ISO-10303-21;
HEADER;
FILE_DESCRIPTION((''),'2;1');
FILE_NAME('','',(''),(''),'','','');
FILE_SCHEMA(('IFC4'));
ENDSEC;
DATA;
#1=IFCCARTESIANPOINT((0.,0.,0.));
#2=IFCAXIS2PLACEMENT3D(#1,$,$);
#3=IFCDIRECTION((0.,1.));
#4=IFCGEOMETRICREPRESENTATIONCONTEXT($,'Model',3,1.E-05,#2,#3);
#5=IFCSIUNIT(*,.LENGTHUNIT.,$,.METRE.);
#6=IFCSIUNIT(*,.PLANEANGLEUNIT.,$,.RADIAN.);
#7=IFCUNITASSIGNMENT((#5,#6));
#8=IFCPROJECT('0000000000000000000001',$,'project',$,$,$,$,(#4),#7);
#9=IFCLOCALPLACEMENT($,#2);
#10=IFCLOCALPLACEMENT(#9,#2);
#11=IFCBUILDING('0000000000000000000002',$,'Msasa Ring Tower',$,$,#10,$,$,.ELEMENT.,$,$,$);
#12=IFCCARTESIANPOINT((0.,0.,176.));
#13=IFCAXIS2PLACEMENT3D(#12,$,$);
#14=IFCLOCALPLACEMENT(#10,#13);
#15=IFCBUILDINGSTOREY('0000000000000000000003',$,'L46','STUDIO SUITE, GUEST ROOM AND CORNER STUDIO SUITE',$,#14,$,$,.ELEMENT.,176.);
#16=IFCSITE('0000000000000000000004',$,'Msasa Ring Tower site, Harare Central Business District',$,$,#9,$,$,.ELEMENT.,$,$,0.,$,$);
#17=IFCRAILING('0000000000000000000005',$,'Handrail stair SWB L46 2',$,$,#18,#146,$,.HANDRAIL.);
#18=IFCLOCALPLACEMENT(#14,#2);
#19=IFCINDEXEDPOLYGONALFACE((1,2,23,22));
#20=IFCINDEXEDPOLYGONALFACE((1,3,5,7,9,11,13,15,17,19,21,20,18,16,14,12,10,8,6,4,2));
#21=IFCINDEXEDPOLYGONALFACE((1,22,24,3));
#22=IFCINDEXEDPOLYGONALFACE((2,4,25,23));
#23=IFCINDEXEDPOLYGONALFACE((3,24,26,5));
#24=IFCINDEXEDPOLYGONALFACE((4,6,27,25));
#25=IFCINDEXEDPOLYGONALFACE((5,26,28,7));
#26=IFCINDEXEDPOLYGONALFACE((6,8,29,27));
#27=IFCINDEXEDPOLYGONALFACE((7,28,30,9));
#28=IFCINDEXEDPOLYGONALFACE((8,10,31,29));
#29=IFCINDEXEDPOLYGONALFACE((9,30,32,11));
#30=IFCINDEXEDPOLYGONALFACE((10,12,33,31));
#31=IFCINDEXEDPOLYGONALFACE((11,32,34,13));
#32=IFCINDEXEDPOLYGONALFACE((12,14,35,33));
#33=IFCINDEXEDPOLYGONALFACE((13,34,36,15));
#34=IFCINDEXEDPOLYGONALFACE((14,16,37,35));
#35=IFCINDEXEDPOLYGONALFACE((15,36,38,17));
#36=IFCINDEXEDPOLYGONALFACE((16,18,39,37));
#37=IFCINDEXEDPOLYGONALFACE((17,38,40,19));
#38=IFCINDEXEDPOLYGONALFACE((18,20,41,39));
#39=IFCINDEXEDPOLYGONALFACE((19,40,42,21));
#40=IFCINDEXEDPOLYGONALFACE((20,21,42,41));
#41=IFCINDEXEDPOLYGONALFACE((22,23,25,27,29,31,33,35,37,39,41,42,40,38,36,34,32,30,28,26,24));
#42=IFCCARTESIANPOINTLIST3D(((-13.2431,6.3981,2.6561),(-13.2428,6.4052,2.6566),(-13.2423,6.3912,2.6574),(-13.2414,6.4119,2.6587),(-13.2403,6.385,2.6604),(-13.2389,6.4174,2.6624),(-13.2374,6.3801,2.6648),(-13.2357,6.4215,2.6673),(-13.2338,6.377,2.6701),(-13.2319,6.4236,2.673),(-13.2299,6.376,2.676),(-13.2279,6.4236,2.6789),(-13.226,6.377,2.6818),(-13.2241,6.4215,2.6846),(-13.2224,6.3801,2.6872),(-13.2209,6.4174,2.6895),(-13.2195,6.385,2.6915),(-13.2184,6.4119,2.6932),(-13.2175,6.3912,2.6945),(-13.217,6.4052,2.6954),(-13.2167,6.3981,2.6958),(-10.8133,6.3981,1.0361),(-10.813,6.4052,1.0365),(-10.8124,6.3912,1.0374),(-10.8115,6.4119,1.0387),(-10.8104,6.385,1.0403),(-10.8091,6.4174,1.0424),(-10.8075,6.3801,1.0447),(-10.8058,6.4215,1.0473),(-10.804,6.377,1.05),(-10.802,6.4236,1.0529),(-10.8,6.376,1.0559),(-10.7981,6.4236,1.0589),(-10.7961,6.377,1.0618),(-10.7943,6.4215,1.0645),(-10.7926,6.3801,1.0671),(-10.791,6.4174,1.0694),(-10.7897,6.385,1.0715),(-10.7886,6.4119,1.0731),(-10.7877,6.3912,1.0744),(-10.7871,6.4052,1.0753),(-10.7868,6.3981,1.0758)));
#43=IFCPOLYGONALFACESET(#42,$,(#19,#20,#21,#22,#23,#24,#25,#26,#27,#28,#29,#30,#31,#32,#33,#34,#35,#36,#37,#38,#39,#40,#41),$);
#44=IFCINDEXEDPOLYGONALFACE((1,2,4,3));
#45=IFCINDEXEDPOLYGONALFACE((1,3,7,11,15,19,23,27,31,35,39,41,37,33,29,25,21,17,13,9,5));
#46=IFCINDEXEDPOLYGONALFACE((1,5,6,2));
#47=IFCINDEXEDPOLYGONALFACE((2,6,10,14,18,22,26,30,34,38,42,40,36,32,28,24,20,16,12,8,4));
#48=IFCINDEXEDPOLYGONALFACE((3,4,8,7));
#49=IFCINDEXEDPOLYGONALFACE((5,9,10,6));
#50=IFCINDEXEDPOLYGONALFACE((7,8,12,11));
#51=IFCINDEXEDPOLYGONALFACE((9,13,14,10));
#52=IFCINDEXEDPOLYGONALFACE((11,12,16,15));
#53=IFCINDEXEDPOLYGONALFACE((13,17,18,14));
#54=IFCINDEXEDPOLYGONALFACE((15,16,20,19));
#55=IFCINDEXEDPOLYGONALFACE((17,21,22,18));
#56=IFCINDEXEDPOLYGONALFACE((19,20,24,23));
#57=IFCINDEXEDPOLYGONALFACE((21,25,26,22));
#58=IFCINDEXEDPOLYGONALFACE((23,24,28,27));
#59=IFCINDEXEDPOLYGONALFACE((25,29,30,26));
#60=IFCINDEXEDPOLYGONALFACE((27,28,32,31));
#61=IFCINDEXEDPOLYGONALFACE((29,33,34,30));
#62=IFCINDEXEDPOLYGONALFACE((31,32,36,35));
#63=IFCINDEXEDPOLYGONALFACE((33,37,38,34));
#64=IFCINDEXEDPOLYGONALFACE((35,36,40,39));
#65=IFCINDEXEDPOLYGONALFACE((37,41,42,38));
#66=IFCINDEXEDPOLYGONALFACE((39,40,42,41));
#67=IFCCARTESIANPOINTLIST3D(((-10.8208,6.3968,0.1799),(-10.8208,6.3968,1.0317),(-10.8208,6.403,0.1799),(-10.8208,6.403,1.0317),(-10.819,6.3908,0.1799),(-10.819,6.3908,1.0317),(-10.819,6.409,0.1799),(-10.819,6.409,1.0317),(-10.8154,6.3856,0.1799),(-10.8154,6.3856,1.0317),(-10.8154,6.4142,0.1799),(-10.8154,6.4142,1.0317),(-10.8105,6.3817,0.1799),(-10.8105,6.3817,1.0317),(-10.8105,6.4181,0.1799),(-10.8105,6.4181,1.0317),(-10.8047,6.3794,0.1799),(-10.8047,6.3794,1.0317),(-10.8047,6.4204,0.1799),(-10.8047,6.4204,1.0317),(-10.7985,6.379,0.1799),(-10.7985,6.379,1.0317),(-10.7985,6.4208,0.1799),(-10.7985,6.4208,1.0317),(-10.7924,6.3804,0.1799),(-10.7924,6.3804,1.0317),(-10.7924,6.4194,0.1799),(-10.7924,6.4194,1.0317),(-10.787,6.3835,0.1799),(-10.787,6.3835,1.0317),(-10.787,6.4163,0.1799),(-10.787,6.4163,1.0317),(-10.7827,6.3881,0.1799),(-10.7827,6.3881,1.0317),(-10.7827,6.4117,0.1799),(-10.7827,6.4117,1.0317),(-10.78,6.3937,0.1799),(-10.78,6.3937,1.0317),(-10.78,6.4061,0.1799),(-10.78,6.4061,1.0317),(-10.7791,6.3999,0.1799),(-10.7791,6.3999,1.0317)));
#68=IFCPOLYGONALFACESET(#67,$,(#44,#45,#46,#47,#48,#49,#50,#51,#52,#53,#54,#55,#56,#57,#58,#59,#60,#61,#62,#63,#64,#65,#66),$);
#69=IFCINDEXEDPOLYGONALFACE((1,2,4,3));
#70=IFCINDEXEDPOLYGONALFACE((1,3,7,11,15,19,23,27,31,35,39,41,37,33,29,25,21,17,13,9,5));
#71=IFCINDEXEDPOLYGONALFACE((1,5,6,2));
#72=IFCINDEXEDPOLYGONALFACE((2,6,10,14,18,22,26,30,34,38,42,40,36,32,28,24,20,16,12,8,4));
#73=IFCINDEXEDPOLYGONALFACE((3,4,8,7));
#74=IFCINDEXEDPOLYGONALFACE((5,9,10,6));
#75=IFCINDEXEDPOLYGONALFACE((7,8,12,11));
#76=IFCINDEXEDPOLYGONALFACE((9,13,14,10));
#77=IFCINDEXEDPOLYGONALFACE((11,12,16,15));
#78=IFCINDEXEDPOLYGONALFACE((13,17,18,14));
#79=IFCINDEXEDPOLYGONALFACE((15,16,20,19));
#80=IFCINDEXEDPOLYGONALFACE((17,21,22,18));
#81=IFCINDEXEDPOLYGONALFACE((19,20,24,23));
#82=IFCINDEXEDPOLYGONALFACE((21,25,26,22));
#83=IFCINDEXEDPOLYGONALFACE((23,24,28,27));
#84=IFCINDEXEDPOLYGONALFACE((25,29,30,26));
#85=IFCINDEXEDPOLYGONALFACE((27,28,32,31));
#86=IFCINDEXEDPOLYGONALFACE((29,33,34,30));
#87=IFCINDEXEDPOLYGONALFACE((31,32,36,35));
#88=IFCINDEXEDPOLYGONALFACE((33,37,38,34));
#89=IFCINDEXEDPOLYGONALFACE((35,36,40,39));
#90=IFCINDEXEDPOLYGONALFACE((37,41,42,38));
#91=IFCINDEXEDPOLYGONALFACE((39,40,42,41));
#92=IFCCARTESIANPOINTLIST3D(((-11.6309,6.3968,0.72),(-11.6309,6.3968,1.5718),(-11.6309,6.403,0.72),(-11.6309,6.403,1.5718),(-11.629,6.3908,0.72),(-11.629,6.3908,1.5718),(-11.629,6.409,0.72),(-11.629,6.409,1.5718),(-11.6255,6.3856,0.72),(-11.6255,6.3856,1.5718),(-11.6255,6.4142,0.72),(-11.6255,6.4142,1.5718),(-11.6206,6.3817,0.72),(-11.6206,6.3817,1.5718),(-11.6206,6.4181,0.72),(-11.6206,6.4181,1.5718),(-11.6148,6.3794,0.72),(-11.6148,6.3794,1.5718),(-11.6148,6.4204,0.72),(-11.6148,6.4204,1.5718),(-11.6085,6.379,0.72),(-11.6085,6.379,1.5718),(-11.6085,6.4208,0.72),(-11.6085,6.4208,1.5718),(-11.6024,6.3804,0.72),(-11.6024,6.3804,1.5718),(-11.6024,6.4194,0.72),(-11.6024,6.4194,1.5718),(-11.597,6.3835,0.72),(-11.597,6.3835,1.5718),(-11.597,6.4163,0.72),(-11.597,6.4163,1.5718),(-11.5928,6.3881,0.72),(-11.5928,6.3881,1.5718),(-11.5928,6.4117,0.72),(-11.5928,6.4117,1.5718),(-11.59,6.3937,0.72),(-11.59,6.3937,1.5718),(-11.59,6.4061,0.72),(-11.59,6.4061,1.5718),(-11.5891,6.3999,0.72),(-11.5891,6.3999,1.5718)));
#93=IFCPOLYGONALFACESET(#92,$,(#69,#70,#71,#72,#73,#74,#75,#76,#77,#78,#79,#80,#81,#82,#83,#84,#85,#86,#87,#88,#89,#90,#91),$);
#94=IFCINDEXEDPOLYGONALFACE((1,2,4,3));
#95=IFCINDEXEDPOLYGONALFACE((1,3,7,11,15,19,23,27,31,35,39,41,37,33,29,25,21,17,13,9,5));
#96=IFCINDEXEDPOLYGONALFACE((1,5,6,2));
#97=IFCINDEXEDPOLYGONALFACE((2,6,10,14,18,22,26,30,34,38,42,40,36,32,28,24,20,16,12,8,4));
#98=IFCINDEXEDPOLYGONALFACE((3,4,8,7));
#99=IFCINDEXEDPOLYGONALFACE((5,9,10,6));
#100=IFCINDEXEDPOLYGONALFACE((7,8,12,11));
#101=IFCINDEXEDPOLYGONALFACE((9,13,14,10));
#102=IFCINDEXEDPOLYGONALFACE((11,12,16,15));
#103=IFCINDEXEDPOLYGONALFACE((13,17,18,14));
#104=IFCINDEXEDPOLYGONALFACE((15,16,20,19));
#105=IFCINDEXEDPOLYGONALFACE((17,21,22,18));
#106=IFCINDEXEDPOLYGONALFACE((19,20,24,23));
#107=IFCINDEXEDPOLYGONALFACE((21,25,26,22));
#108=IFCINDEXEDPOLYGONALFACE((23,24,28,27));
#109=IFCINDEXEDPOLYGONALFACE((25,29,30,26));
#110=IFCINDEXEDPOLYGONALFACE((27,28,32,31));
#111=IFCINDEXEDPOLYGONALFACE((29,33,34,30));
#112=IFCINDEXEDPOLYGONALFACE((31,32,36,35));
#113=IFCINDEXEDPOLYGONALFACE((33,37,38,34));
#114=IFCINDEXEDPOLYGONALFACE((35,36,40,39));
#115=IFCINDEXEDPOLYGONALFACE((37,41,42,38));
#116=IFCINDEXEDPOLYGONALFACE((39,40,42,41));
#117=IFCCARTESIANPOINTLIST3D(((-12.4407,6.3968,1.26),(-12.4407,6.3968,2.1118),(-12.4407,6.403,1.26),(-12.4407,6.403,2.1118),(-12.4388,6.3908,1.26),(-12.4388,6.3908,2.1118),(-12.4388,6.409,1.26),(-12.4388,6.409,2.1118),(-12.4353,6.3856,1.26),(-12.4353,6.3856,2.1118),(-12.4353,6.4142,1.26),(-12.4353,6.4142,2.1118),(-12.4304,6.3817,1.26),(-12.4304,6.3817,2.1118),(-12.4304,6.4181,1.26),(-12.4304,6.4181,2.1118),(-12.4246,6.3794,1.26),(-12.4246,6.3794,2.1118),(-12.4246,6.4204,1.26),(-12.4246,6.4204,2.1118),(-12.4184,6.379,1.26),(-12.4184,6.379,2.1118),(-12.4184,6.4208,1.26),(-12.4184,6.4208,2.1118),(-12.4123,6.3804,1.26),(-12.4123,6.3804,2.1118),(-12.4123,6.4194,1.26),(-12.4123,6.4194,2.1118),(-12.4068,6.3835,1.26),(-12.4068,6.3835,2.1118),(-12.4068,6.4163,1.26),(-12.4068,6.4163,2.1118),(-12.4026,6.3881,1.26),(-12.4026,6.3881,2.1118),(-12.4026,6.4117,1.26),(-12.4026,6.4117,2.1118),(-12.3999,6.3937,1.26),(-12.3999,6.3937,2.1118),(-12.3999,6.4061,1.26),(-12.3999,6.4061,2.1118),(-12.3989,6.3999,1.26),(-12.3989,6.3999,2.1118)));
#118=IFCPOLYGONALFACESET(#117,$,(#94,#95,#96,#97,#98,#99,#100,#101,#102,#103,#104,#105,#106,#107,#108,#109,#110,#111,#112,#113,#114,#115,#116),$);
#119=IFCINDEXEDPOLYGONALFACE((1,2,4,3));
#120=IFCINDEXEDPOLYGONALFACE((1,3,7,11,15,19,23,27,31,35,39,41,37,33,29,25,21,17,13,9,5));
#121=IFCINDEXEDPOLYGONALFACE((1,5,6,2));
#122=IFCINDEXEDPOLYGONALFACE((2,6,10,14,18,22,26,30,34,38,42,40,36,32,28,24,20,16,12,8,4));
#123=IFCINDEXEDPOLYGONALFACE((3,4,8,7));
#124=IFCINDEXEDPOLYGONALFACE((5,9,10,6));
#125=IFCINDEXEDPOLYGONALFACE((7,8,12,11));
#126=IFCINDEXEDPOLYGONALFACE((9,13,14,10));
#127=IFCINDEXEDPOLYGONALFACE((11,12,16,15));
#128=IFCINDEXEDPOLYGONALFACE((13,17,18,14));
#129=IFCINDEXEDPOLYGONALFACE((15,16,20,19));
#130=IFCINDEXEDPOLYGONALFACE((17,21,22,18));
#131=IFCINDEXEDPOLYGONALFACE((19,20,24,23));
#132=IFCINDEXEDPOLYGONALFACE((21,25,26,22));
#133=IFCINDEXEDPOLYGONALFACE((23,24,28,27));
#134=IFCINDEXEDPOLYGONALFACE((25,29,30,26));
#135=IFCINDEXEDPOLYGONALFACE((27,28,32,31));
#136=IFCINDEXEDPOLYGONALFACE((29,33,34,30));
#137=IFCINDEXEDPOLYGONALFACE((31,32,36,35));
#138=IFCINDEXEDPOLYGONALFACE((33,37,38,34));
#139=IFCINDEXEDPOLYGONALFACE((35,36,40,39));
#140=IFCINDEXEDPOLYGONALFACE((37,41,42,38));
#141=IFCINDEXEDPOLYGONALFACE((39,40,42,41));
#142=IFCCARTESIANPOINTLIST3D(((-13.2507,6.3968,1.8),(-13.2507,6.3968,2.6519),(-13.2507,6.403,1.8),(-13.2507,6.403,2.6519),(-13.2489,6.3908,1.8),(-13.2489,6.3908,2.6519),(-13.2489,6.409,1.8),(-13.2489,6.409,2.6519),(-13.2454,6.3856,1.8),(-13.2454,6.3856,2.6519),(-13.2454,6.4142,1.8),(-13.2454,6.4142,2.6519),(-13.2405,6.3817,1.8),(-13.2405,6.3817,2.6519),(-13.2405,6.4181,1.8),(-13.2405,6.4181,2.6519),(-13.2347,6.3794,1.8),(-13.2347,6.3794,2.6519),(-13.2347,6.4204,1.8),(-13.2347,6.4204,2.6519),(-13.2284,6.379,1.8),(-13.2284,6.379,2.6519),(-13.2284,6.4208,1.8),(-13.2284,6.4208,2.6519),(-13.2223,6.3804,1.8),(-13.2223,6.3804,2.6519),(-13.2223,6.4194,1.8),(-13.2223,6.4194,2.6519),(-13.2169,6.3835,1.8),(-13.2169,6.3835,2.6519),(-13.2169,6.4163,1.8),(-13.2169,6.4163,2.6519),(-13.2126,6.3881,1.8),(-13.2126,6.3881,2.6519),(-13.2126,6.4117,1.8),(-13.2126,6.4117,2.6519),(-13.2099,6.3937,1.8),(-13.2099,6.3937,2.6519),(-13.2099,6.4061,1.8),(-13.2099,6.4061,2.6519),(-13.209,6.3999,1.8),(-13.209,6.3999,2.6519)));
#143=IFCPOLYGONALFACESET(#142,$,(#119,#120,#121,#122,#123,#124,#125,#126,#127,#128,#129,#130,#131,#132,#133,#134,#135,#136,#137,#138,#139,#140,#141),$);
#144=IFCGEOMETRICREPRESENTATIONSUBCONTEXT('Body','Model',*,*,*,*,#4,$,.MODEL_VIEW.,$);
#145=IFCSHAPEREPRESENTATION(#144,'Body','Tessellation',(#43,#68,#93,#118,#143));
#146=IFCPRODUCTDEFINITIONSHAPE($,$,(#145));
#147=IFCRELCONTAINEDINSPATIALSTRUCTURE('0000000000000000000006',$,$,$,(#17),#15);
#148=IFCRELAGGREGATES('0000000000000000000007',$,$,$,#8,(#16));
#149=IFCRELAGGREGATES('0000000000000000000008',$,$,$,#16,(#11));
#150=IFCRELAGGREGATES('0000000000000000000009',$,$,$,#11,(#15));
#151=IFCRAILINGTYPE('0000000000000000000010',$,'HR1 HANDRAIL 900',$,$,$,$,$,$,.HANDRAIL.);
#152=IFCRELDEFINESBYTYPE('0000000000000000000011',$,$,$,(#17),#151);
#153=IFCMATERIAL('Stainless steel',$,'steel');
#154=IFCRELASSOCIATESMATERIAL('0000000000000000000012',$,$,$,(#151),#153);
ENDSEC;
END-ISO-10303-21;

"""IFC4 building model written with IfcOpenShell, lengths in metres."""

from ifc_helpers import new_model, si_unit, direction, frame, origin, origin_2d, place, context, subcontext, project, spatial, circle, extrude, material, type_object, element, save


model = new_model("IFC4")

# Units and contexts
model_context = context("Model", 3, precision=1e-05, world=origin(), true_north=direction((0.0, 1.0)))
body_context = subcontext(model_context, "Body", "Model", "MODEL_VIEW")
ifc_project = project(units=[si_unit("LENGTHUNIT", "METRE"), si_unit("PLANEANGLEUNIT", "RADIAN")], contexts=[model_context])

# Site, building, storey
site_placement = place(None, origin())
site = spatial("IfcSite", under=ifc_project, at=site_placement, Name="Msasa Ring Tower site, Harare Central Business District", CompositionType="ELEMENT", RefElevation=0.0)
building_placement = place(site_placement, origin())
building = spatial("IfcBuilding", under=site, at=building_placement, Name="Msasa Ring Tower", CompositionType="ELEMENT")
storey_placement = place(building_placement, frame((0.0, 0.0, 176.0)))
storey = spatial("IfcBuildingStorey", under=building, at=storey_placement, Name="L46", Description="STUDIO SUITE, GUEST ROOM AND CORNER STUDIO SUITE", CompositionType="ELEMENT", Elevation=176.0)

# Railing
ifc_material_1 = material(Name="Stainless steel", Category="steel")
railing_type = type_object("IfcRailingType", Name="HR1 HANDRAIL 900", PredefinedType="HANDRAIL", material=ifc_material_1)
for number, where, name in (
    (1, (-10.8, 6.3999, 0.1799), "Handrail stair SWB L46 2"),
):
    element("IfcRailing", number, at=place(storey_placement, frame(where)), inside=storey, type_object=railing_type, Name=name, PredefinedType="HANDRAIL", context=body_context, shape_type="SweptSolid", body=[
        extrude(circle(Radius=0.0239, at=origin_2d()), frame((0.0, 0.0, 0.876), z_axis=(-0.832025, 0.0, 0.554739), x_axis=(0.0, -1.0, 0.0)), (0.0, 0.0, 1.0), 2.9204),
        extrude(circle(Radius=0.021, at=origin_2d()), origin(), (0.0, 0.0, 1.0), 0.8518),
        extrude(circle(Radius=0.021, at=origin_2d()), frame((-0.8101, 0.0, 0.54)), (0.0, 0.0, 1.0), 0.8518),
        extrude(circle(Radius=0.021, at=origin_2d()), frame((-1.6199, 0.0, 1.0801)), (0.0, 0.0, 1.0), 0.8518),
        extrude(circle(Radius=0.021, at=origin_2d()), frame((-2.4299, 0.0, 1.6201)), (0.0, 0.0, 1.0), 0.8518),
    ])

save(model, "model.ifc")
